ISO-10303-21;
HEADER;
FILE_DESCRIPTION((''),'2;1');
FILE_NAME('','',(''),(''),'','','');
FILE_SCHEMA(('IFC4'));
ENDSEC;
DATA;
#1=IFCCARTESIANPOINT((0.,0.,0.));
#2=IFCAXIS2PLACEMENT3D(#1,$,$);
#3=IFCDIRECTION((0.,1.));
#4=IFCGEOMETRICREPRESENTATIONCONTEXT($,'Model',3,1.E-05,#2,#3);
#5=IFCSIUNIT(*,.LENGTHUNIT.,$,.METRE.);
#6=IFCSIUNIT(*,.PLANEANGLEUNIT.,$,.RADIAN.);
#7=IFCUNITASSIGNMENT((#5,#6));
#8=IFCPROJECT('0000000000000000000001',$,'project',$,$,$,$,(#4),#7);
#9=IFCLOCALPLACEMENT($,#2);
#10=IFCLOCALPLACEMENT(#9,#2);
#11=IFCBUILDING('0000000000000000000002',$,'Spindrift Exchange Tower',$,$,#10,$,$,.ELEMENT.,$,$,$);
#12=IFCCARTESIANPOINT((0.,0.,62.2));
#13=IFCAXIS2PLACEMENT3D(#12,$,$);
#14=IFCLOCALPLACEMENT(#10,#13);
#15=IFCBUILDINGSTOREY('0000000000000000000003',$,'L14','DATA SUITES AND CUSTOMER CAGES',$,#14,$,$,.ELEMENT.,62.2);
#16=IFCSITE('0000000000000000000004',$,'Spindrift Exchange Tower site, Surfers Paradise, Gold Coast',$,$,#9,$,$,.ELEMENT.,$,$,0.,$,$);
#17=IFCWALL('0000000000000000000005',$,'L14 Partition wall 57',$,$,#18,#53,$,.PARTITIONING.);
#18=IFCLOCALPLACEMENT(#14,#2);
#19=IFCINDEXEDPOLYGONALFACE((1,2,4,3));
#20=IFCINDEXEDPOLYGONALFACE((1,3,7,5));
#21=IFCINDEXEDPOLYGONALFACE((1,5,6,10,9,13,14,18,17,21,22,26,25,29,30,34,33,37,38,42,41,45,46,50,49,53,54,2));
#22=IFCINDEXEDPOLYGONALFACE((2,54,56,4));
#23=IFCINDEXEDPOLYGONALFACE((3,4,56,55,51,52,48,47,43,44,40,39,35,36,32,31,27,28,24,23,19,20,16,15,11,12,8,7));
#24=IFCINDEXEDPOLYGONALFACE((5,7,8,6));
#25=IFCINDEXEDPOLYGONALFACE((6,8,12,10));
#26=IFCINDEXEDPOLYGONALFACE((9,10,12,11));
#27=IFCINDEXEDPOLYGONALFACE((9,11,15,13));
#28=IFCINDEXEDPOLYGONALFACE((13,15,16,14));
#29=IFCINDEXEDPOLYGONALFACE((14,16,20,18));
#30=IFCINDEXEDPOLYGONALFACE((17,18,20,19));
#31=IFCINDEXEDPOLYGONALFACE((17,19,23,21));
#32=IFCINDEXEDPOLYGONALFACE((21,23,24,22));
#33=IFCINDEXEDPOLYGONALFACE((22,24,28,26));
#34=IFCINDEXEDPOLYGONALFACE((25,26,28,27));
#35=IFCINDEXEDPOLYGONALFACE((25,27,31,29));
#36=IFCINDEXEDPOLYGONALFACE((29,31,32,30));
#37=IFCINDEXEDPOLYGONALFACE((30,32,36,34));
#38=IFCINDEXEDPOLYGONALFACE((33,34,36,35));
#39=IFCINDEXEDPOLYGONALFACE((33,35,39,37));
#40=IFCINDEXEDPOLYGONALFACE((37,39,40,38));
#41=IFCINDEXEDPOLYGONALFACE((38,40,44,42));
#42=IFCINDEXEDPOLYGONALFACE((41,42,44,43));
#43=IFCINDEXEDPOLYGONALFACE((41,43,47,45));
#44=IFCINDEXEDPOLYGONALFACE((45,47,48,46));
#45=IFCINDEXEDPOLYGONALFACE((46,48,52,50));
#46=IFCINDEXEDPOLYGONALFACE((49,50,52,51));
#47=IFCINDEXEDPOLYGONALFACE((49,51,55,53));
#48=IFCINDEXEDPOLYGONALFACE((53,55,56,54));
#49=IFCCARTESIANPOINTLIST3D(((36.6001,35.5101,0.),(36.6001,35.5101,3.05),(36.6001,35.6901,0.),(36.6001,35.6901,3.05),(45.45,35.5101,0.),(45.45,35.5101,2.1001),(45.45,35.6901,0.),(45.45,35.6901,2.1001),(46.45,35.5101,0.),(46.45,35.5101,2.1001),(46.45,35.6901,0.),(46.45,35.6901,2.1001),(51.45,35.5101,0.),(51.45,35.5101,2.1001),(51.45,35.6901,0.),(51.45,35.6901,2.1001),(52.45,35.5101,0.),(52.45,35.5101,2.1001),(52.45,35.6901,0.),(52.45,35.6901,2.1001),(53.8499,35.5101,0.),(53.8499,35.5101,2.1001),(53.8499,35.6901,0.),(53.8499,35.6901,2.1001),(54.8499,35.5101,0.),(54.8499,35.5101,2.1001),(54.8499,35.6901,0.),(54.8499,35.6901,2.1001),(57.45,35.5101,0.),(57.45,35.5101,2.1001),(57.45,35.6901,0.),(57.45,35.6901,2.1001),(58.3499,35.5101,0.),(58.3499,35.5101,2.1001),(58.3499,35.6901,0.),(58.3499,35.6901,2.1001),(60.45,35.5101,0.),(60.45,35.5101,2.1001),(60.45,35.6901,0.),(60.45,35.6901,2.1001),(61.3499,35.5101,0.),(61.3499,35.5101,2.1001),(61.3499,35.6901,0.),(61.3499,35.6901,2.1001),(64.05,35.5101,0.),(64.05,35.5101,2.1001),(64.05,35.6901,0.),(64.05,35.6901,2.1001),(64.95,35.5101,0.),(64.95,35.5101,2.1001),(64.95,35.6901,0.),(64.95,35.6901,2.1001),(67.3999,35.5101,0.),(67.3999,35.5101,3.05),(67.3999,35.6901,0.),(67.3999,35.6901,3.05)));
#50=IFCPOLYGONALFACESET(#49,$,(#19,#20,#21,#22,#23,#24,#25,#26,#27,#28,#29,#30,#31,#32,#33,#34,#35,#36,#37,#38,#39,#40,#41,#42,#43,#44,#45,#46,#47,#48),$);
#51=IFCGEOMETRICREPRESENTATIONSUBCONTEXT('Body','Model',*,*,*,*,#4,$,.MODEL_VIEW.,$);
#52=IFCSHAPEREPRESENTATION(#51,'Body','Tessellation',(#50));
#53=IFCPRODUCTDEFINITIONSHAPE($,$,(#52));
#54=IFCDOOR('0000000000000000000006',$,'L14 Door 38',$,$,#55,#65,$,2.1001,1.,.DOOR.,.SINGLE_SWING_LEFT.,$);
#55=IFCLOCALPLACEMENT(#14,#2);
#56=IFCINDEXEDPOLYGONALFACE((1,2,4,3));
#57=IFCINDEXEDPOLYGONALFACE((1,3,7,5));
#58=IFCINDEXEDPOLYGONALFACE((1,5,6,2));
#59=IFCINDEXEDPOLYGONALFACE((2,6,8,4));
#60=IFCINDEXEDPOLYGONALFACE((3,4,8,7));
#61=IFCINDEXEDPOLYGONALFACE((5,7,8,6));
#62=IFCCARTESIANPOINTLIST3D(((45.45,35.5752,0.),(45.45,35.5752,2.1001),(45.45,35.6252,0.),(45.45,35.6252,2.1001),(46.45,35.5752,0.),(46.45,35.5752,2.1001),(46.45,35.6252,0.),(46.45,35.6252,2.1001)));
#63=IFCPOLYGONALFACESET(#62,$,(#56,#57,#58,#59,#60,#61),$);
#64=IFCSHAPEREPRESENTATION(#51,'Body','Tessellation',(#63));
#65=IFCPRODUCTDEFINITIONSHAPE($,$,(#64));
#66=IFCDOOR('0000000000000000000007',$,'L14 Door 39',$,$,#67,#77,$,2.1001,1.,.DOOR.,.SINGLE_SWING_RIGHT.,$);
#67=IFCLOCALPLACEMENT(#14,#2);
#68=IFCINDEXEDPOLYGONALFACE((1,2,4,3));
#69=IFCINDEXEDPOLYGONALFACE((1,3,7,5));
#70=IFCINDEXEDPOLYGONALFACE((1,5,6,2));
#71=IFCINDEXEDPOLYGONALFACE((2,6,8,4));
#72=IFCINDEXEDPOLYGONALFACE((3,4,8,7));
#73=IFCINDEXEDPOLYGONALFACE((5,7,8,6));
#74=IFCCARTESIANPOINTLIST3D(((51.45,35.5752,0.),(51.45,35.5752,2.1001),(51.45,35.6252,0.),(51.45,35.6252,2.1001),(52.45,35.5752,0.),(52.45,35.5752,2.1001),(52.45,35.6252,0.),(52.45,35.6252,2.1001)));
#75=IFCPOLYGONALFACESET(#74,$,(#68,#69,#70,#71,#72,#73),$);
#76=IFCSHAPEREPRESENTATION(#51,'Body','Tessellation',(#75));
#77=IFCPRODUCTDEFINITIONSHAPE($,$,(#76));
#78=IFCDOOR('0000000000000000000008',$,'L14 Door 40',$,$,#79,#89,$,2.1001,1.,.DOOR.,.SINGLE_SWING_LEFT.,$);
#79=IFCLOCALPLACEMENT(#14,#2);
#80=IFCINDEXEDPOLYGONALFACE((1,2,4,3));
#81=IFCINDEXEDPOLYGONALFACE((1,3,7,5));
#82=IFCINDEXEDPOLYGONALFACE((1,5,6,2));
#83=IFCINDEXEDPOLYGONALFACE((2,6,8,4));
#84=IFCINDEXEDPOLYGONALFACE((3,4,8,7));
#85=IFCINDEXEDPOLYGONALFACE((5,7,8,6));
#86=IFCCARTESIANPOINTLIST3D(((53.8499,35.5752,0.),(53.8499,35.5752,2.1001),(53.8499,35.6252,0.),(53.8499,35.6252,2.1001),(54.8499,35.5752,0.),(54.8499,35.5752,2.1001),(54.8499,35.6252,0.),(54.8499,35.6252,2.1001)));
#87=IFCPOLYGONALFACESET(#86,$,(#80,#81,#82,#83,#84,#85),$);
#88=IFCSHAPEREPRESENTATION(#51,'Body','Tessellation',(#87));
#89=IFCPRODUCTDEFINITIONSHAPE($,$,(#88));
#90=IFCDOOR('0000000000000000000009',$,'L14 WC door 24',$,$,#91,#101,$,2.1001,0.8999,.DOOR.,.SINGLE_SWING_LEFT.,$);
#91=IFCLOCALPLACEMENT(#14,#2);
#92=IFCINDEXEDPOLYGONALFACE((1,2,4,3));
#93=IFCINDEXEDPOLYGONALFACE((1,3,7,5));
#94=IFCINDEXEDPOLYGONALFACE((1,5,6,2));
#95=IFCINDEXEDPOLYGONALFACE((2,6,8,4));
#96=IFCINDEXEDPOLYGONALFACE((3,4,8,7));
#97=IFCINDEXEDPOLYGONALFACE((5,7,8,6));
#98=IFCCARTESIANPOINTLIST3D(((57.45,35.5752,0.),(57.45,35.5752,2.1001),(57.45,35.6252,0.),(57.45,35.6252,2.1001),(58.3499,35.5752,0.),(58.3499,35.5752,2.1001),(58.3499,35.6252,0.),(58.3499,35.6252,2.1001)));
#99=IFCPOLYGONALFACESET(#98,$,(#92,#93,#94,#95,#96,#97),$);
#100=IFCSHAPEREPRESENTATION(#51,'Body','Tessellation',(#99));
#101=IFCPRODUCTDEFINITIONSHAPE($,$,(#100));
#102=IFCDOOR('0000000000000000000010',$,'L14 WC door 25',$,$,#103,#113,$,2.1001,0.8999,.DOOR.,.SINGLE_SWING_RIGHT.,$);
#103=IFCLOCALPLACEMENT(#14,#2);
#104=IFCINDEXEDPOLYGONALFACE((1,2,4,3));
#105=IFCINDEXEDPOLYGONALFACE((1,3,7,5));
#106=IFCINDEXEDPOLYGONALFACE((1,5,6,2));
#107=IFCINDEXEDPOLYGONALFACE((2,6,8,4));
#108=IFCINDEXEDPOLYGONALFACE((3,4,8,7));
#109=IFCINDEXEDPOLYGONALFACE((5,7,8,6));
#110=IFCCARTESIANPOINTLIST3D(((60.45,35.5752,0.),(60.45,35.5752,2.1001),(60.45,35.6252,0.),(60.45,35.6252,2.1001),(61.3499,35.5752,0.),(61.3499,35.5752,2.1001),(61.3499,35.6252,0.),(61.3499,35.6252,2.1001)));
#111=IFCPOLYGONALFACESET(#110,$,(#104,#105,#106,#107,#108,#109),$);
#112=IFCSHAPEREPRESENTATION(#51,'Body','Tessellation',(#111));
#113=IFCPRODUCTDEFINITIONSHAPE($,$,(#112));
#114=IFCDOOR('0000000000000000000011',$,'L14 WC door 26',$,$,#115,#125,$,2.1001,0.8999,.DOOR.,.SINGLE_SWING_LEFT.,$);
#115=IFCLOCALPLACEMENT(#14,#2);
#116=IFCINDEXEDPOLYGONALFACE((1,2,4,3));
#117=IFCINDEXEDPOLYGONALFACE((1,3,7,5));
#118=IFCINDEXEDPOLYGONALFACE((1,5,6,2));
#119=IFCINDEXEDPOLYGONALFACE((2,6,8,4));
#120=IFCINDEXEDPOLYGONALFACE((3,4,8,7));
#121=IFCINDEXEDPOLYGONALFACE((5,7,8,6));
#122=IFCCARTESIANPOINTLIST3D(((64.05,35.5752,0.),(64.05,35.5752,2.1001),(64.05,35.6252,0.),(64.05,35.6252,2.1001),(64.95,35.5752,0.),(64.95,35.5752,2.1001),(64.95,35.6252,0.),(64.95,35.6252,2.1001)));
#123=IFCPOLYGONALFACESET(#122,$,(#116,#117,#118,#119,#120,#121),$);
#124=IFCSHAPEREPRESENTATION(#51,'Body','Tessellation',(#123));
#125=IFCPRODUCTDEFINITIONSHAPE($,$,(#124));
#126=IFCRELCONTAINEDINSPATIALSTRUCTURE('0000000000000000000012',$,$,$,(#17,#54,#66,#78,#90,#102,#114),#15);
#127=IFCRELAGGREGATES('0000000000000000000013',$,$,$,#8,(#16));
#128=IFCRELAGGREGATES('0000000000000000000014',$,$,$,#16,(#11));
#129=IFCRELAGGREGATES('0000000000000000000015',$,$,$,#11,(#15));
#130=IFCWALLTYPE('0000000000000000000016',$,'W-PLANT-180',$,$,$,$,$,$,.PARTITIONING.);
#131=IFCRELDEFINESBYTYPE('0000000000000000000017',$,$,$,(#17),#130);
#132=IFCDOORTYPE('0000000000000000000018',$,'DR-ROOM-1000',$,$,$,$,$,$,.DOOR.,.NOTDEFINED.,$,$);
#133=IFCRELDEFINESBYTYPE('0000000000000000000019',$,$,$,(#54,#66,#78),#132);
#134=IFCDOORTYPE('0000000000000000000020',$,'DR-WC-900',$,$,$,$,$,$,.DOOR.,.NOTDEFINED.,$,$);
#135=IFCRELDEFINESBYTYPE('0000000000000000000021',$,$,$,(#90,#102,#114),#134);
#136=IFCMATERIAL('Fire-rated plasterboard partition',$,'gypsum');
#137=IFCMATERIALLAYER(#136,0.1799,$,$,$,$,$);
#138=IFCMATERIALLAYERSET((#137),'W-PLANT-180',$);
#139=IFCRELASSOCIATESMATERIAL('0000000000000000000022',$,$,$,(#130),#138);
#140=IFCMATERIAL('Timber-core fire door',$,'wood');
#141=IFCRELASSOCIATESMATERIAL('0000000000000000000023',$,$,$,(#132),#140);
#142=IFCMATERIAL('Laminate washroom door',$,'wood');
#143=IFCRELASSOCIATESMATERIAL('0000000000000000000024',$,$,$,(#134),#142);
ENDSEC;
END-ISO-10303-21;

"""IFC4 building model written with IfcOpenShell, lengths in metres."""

from ifc_helpers import new_model, si_unit, direction, frame, frame_2d, origin, place, context, subcontext, project, spatial, rectangle, extrude, source, transform, mapped, material, layer, layer_set, type_object, element, fill, save


model = new_model("IFC4")

# Units and contexts
model_context = context("Model", 3, precision=1e-05, world=origin(), true_north=direction((0.0, 1.0)))
body_context = subcontext(model_context, "Body", "Model", "MODEL_VIEW")
ifc_project = project(units=[si_unit("LENGTHUNIT", "METRE"), si_unit("PLANEANGLEUNIT", "RADIAN")], contexts=[model_context])

# Site, building, storey
site_placement = place(None, origin())
site = spatial("IfcSite", under=ifc_project, at=site_placement, Name="Spindrift Exchange Tower site, Surfers Paradise, Gold Coast", CompositionType="ELEMENT", RefElevation=0.0)
building_placement = place(site_placement, origin())
building = spatial("IfcBuilding", under=site, at=building_placement, Name="Spindrift Exchange Tower", CompositionType="ELEMENT")
storey_placement = place(building_placement, frame((0.0, 0.0, 62.2)))
storey = spatial("IfcBuildingStorey", under=building, at=storey_placement, Name="L14", Description="DATA SUITES AND CUSTOMER CAGES", CompositionType="ELEMENT", Elevation=62.2)

# Shared definitions
ifc_material_1 = material(Name="Fire-rated plasterboard partition", Category="gypsum")

# Wall, openings, doors
ifc_layer_1 = layer(ifc_material_1, 0.1799)
ifc_layer_set_1 = layer_set([ifc_layer_1], Name="W-PLANT-180")
wall_type_1 = type_object("IfcWallType", Name="W-PLANT-180", PredefinedType="PARTITIONING", material=ifc_layer_set_1)
wall_1_placement = place(storey_placement, frame((67.3999, 35.6001, 0.0), z_axis=(0.0, 0.0, 1.0), x_axis=(-1.0, 0.0, 0.0)))
wall_1 = element("IfcWall", 1, at=wall_1_placement, inside=storey, type_object=wall_type_1, Name="L14 Partition wall 57", PredefinedType="PARTITIONING", context=body_context, shape_type="SweptSolid", body=[
    extrude(rectangle(XDim=30.7998, YDim=0.1799, at=frame_2d((15.3999, 0.0))), origin(), (0.0, 0.0, 1.0), 3.05),
])
opening_1_placement = place(wall_1_placement, frame((9.05, 0.0, 0.0)))
opening_1 = element("IfcOpeningElement", 2, at=opening_1_placement, cuts=wall_1, PredefinedType="OPENING", context=body_context, shape_type="SweptSolid", body=[
    extrude(rectangle(XDim=0.8999, YDim=2.1001, at=frame_2d((0.45, 1.05))), frame((0.0, 0.0999, 0.0), z_axis=(0.0, -1.0, 0.0), x_axis=(1.0, 0.0, 0.0)), (0.0, 0.0, 1.0), 0.2),
])
opening_2_placement = place(wall_1_placement, frame((6.05, 0.0, 0.0)))
opening_2 = element("IfcOpeningElement", 3, at=opening_2_placement, cuts=wall_1, PredefinedType="OPENING", context=body_context, shape_type="SweptSolid", body=[
    extrude(rectangle(XDim=0.8999, YDim=2.1001, at=frame_2d((0.45, 1.05))), frame((0.0, 0.0999, 0.0), z_axis=(0.0, -1.0, 0.0), x_axis=(1.0, 0.0, 0.0)), (0.0, 0.0, 1.0), 0.2),
])
opening_3_placement = place(wall_1_placement, frame((2.45, 0.0, 0.0)))
opening_3 = element("IfcOpeningElement", 4, at=opening_3_placement, cuts=wall_1, PredefinedType="OPENING", context=body_context, shape_type="SweptSolid", body=[
    extrude(rectangle(XDim=0.8999, YDim=2.1001, at=frame_2d((0.45, 1.05))), frame((0.0, 0.0999, 0.0), z_axis=(0.0, -1.0, 0.0), x_axis=(1.0, 0.0, 0.0)), (0.0, 0.0, 1.0), 0.2),
])
opening_4_placement = place(wall_1_placement, frame((20.95, 0.0, 0.0)))
opening_4 = element("IfcOpeningElement", 5, at=opening_4_placement, cuts=wall_1, PredefinedType="OPENING", context=body_context, shape_type="SweptSolid", body=[
    extrude(rectangle(XDim=1.0, YDim=2.1001, at=frame_2d((0.5, 1.05))), frame((0.0, 0.0999, 0.0), z_axis=(0.0, -1.0, 0.0), x_axis=(1.0, 0.0, 0.0)), (0.0, 0.0, 1.0), 0.2),
])
opening_5_placement = place(wall_1_placement, frame((14.95, 0.0, 0.0)))
opening_5 = element("IfcOpeningElement", 6, at=opening_5_placement, cuts=wall_1, PredefinedType="OPENING", context=body_context, shape_type="SweptSolid", body=[
    extrude(rectangle(XDim=1.0, YDim=2.1001, at=frame_2d((0.5, 1.05))), frame((0.0, 0.0999, 0.0), z_axis=(0.0, -1.0, 0.0), x_axis=(1.0, 0.0, 0.0)), (0.0, 0.0, 1.0), 0.2),
])
opening_6_placement = place(wall_1_placement, frame((12.55, 0.0, 0.0)))
opening_6 = element("IfcOpeningElement", 7, at=opening_6_placement, cuts=wall_1, PredefinedType="OPENING", context=body_context, shape_type="SweptSolid", body=[
    extrude(rectangle(XDim=1.0, YDim=2.1001, at=frame_2d((0.5, 1.05))), frame((0.0, 0.0999, 0.0), z_axis=(0.0, -1.0, 0.0), x_axis=(1.0, 0.0, 0.0)), (0.0, 0.0, 1.0), 0.2),
])
ifc_material_2 = material(Name="Timber-core fire door", Category="wood")
door_type_1 = type_object("IfcDoorType", Name="DR-ROOM-1000", OperationType="NOTDEFINED", PredefinedType="DOOR", material=ifc_material_2)
shared_shape_1 = source(origin(), body_context, "Body", "SweptSolid", [
    extrude(rectangle(XDim=1.0, YDim=2.1001, at=frame_2d((0.5, 1.05))), frame((0.0, 0.0249, 0.0), z_axis=(0.0, -1.0, 0.0), x_axis=(1.0, 0.0, 0.0)), (0.0, 0.0, 1.0), 0.05),
])
door_1_placement = place(opening_4_placement, origin())
door_1 = element("IfcDoor", 8, at=door_1_placement, inside=storey, type_object=door_type_1, Name="L14 Door 38", OperationType="SINGLE_SWING_LEFT", OverallHeight=2.1001, OverallWidth=1.0, PredefinedType="DOOR", context=body_context, shape_type="MappedRepresentation", body=[
    mapped(shared_shape_1, transform((0.0, 0.0, 0.0), scale=1.0)),
])
fill(opening_4, door_1)
door_2_placement = place(opening_5_placement, origin())
door_2 = element("IfcDoor", 9, at=door_2_placement, inside=storey, type_object=door_type_1, Name="L14 Door 39", OperationType="SINGLE_SWING_RIGHT", OverallHeight=2.1001, OverallWidth=1.0, PredefinedType="DOOR", context=body_context, shape_type="MappedRepresentation", body=[
    mapped(shared_shape_1, transform((0.0, 0.0, 0.0), scale=1.0)),
])
fill(opening_5, door_2)
door_3_placement = place(opening_6_placement, origin())
door_3 = element("IfcDoor", 10, at=door_3_placement, inside=storey, type_object=door_type_1, Name="L14 Door 40", OperationType="SINGLE_SWING_LEFT", OverallHeight=2.1001, OverallWidth=1.0, PredefinedType="DOOR", context=body_context, shape_type="MappedRepresentation", body=[
    mapped(shared_shape_1, transform((0.0, 0.0, 0.0), scale=1.0)),
])
fill(opening_6, door_3)
ifc_material_3 = material(Name="Laminate washroom door", Category="wood")
door_type_2 = type_object("IfcDoorType", Name="DR-WC-900", OperationType="NOTDEFINED", PredefinedType="DOOR", material=ifc_material_3)
shared_shape_2 = source(origin(), body_context, "Body", "SweptSolid", [
    extrude(rectangle(XDim=0.8999, YDim=2.1001, at=frame_2d((0.45, 1.05))), frame((0.0, 0.0249, 0.0), z_axis=(0.0, -1.0, 0.0), x_axis=(1.0, 0.0, 0.0)), (0.0, 0.0, 1.0), 0.05),
])
door_4_placement = place(opening_1_placement, origin())
door_4 = element("IfcDoor", 11, at=door_4_placement, inside=storey, type_object=door_type_2, Name="L14 WC door 24", OperationType="SINGLE_SWING_LEFT", OverallHeight=2.1001, OverallWidth=0.8999, PredefinedType="DOOR", context=body_context, shape_type="MappedRepresentation", body=[
    mapped(shared_shape_2, transform((0.0, 0.0, 0.0), scale=1.0)),
])
fill(opening_1, door_4)
door_5_placement = place(opening_2_placement, origin())
door_5 = element("IfcDoor", 12, at=door_5_placement, inside=storey, type_object=door_type_2, Name="L14 WC door 25", OperationType="SINGLE_SWING_RIGHT", OverallHeight=2.1001, OverallWidth=0.8999, PredefinedType="DOOR", context=body_context, shape_type="MappedRepresentation", body=[
    mapped(shared_shape_2, transform((0.0, 0.0, 0.0), scale=1.0)),
])
fill(opening_2, door_5)
door_6_placement = place(opening_3_placement, origin())
door_6 = element("IfcDoor", 13, at=door_6_placement, inside=storey, type_object=door_type_2, Name="L14 WC door 26", OperationType="SINGLE_SWING_LEFT", OverallHeight=2.1001, OverallWidth=0.8999, PredefinedType="DOOR", context=body_context, shape_type="MappedRepresentation", body=[
    mapped(shared_shape_2, transform((0.0, 0.0, 0.0), scale=1.0)),
])
fill(opening_3, door_6)

save(model, "model.ifc")
